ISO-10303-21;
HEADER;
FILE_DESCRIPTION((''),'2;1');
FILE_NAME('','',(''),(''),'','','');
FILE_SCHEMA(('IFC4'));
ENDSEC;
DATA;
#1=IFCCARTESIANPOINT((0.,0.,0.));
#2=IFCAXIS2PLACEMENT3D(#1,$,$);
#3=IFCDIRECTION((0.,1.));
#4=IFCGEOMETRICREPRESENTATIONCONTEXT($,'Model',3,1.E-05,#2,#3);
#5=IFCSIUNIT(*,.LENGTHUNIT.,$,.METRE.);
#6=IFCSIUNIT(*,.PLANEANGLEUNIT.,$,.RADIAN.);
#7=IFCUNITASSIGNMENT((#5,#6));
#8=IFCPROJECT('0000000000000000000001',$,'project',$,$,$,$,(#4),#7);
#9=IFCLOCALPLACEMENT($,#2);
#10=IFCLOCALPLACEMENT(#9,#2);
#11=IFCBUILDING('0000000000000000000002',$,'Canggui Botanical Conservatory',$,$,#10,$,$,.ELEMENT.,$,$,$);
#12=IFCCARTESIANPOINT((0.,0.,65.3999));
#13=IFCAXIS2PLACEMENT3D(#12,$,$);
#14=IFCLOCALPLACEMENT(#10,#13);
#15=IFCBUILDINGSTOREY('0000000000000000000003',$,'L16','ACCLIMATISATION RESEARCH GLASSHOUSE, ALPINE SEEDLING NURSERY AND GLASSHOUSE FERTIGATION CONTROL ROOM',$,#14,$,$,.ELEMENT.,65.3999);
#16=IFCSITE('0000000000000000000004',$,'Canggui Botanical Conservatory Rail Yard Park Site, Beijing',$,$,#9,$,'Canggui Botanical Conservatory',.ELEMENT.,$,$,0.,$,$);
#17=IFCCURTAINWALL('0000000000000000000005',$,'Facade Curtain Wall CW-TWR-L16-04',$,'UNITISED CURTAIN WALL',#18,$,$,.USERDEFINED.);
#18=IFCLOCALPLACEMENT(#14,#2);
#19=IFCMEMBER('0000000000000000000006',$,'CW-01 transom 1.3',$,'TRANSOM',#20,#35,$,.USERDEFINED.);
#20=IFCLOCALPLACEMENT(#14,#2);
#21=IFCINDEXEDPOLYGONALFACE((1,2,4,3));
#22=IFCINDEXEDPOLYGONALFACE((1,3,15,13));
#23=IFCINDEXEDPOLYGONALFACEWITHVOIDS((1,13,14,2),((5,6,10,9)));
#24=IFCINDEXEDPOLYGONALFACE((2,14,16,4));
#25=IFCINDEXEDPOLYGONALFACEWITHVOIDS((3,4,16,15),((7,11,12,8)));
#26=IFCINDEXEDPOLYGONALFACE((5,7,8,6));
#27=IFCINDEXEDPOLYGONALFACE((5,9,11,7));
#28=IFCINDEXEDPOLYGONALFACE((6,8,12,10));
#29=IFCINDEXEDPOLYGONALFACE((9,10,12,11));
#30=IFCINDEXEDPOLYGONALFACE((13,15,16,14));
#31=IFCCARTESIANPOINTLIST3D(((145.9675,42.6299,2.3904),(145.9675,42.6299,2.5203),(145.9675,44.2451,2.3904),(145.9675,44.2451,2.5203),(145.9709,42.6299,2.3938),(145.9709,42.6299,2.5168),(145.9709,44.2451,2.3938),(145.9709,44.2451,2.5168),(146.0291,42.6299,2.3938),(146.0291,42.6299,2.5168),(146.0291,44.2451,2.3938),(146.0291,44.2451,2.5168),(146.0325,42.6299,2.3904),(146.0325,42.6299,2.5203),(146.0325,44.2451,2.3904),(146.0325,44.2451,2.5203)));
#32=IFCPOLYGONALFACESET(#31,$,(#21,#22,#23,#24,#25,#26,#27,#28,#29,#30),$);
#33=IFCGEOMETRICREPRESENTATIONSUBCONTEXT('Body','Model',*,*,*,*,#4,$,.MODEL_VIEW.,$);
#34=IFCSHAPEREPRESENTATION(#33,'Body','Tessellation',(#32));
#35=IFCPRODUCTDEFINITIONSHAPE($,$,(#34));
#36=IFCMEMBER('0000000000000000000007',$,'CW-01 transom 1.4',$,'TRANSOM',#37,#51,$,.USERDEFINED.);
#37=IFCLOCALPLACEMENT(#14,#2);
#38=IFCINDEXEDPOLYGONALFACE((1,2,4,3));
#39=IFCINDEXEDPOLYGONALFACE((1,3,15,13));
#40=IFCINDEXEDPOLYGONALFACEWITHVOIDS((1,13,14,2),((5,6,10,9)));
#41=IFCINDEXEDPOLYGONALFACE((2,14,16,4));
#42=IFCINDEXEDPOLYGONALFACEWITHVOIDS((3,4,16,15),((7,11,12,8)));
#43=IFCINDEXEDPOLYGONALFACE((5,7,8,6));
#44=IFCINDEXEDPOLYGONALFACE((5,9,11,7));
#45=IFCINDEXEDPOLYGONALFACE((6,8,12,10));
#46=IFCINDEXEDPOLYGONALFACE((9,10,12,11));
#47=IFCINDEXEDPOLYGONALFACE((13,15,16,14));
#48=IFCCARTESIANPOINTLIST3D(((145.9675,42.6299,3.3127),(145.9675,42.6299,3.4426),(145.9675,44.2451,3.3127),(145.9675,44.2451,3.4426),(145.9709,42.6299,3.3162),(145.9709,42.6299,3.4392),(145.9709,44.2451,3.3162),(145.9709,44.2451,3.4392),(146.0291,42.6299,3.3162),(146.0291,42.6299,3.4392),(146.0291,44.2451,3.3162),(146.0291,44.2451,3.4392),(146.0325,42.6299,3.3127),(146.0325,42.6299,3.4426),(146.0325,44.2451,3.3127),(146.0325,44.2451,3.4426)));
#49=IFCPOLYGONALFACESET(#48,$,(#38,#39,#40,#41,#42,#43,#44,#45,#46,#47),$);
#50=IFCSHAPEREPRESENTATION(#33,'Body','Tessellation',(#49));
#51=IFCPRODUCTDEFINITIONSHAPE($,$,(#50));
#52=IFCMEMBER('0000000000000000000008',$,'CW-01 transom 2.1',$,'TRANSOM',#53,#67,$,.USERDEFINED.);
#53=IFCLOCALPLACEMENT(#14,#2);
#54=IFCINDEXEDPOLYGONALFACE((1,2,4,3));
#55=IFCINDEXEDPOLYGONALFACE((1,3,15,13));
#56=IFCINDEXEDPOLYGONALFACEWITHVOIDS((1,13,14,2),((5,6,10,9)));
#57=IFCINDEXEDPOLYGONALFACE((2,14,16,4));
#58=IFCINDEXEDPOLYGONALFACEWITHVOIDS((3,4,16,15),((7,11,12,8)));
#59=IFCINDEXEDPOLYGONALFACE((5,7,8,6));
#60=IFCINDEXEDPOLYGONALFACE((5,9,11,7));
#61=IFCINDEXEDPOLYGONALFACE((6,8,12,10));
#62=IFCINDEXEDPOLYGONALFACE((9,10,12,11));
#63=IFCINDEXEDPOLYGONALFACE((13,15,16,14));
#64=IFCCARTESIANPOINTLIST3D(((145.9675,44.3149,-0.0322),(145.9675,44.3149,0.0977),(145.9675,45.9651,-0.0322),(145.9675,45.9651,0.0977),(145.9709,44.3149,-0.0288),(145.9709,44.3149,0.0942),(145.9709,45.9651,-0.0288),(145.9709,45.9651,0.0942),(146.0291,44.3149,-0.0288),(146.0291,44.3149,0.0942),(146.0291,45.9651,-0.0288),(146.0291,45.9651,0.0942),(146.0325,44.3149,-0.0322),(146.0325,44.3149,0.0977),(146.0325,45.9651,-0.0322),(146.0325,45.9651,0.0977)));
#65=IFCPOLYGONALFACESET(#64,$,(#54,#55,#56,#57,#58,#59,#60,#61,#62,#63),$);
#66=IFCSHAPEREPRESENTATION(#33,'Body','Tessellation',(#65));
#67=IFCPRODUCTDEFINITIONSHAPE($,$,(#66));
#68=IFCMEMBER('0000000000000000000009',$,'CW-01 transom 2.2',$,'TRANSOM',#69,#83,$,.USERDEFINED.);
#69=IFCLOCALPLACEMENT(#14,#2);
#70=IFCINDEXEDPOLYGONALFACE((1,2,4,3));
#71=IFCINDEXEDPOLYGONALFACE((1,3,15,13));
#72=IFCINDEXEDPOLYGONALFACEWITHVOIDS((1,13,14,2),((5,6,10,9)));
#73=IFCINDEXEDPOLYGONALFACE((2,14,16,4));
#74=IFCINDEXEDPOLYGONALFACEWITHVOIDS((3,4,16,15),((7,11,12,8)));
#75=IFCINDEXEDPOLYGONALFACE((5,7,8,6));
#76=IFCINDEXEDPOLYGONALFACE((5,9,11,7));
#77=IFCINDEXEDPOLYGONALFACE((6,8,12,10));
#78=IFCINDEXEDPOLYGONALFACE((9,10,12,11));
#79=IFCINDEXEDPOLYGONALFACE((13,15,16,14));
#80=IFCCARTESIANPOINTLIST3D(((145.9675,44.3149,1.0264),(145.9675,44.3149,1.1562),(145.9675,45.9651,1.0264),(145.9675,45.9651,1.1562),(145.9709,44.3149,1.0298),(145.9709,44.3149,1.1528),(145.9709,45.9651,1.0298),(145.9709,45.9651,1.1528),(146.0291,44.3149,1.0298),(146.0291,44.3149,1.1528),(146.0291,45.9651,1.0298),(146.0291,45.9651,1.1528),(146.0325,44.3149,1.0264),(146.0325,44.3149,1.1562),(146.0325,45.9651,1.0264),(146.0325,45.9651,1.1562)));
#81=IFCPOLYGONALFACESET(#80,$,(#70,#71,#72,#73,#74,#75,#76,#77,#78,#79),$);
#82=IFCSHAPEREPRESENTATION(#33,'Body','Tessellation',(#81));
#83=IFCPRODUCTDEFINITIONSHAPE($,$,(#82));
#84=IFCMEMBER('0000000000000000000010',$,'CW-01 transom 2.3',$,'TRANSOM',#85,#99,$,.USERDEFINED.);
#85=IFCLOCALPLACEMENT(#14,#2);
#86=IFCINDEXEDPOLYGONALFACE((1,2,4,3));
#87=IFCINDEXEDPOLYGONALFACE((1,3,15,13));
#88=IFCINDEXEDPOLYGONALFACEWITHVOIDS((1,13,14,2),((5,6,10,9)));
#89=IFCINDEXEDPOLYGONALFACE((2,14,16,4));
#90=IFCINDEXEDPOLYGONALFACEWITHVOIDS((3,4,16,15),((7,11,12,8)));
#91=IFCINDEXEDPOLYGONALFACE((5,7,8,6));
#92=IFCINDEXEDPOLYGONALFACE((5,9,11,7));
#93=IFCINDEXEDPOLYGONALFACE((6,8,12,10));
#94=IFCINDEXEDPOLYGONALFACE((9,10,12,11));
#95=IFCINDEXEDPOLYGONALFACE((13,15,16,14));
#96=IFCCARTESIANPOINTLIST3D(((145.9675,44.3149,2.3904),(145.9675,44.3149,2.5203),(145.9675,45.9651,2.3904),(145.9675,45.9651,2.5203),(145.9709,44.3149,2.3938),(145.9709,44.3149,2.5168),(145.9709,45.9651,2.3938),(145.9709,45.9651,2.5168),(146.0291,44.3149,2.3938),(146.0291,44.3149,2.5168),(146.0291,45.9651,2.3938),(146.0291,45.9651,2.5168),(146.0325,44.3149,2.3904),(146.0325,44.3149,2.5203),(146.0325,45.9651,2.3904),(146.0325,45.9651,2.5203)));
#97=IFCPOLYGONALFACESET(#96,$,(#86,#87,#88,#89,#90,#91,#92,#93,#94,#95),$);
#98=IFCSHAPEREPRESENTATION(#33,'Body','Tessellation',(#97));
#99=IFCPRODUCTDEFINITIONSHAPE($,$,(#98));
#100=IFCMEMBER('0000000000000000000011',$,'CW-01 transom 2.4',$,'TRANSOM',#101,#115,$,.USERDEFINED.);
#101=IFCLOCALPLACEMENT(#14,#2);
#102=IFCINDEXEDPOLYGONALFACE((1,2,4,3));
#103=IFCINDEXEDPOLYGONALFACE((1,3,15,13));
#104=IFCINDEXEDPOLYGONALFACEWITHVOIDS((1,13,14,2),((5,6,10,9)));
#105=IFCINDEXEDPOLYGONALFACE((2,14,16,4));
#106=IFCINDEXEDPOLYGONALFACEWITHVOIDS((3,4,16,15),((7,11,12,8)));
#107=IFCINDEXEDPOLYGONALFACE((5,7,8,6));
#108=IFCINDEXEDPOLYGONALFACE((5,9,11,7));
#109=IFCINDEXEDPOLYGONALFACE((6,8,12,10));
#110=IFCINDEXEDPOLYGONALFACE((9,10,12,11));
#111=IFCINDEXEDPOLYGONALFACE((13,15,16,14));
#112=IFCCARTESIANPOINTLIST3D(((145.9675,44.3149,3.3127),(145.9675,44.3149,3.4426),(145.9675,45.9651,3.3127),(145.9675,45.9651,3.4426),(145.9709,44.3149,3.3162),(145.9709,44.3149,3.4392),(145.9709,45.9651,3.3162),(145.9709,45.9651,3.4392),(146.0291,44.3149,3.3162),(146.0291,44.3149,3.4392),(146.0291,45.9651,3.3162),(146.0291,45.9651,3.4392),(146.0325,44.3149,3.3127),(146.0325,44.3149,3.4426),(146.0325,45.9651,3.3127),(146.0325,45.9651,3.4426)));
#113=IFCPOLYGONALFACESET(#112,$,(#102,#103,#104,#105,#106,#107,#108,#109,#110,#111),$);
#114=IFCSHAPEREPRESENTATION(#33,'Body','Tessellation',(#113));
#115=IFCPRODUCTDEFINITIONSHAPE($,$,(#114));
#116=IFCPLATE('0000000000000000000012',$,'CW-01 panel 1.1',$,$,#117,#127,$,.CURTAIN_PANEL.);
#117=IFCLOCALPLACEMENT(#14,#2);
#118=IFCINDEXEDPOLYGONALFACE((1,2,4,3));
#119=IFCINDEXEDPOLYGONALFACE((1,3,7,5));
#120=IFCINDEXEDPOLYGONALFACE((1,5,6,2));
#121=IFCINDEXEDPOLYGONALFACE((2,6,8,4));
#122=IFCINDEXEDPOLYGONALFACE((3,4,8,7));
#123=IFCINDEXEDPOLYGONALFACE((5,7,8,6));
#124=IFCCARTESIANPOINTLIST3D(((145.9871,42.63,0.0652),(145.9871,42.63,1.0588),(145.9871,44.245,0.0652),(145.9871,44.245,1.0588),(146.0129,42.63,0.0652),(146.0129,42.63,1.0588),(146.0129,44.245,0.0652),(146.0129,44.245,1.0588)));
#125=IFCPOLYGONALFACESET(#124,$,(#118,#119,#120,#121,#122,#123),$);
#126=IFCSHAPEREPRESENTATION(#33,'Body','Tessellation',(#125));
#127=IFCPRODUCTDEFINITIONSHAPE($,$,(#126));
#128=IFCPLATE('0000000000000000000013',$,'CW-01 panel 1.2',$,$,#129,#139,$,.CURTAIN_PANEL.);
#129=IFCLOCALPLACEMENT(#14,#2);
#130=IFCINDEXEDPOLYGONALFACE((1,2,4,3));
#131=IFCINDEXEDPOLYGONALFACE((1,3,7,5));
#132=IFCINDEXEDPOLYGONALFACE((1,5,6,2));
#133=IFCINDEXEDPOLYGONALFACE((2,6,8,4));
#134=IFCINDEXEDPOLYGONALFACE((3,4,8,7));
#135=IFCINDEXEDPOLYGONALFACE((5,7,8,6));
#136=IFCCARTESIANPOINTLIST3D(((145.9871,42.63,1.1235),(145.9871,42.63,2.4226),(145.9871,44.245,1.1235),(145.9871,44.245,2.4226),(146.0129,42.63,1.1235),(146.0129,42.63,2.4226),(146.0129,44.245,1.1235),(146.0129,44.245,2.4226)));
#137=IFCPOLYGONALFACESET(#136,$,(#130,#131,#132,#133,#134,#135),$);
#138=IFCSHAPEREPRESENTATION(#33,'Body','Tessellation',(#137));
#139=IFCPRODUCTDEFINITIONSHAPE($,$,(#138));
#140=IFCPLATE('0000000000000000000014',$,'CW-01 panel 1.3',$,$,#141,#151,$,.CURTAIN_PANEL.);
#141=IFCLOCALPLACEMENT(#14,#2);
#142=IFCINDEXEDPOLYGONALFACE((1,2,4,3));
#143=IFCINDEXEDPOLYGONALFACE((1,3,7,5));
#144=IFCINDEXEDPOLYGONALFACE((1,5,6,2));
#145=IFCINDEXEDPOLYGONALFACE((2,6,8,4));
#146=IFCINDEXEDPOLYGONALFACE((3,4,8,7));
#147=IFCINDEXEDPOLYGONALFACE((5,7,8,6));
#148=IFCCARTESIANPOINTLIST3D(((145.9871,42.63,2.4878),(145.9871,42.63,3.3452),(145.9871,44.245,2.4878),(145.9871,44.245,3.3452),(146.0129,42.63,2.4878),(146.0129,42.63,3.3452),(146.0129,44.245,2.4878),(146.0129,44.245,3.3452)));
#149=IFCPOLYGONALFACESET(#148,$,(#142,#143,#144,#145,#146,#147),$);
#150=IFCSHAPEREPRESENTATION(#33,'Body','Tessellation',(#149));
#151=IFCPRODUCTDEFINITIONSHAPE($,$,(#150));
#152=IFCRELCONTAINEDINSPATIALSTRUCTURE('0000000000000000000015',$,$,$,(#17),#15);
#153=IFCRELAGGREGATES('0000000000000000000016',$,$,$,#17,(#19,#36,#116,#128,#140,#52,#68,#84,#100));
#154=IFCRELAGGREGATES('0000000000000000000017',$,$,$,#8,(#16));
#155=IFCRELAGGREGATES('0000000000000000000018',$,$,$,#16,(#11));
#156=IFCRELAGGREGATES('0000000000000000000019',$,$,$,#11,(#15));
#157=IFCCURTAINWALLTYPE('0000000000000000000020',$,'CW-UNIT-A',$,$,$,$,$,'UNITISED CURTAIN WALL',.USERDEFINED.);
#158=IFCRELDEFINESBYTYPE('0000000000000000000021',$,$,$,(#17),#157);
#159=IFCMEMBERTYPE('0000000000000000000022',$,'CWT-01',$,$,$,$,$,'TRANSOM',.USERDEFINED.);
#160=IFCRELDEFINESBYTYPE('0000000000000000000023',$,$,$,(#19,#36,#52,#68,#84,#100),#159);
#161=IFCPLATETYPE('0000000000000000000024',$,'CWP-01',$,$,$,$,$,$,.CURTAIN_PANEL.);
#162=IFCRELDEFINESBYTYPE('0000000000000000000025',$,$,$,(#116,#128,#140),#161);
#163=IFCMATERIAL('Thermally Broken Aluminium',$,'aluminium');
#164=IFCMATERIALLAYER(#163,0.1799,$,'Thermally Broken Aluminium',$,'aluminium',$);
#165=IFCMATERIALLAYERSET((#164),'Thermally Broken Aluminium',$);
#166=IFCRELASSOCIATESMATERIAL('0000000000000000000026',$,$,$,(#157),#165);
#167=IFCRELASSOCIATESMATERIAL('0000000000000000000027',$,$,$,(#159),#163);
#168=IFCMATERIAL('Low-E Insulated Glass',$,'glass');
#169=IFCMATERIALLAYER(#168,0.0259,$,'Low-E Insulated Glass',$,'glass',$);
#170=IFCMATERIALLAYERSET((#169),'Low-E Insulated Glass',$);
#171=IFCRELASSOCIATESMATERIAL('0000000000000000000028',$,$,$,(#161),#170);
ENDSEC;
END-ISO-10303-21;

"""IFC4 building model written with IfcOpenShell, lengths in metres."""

from ifc_helpers import new_model, si_unit, direction, frame, origin, origin_2d, place, context, subcontext, project, spatial, rectangle, hollow_rectangle, extrude, material, layer, layer_set, material_profile, profile_set, type_object, element, aggregate, save


model = new_model("IFC4")

# Units and contexts
model_context = context("Model", 3, precision=1e-05, world=origin(), true_north=direction((0.0, 1.0)))
body_context = subcontext(model_context, "Body", "Model", "MODEL_VIEW")
ifc_project = project(units=[si_unit("LENGTHUNIT", "METRE"), si_unit("PLANEANGLEUNIT", "RADIAN")], contexts=[model_context])

# Site, building, storey
site_placement = place(None, origin())
site = spatial("IfcSite", under=ifc_project, at=site_placement, Name="Canggui Botanical Conservatory Rail Yard Park Site, Beijing", LongName="Canggui Botanical Conservatory", CompositionType="ELEMENT", RefElevation=0.0)
building_placement = place(site_placement, origin())
building = spatial("IfcBuilding", under=site, at=building_placement, Name="Canggui Botanical Conservatory", CompositionType="ELEMENT")
storey_placement = place(building_placement, frame((0.0, 0.0, 65.3999)))
storey = spatial("IfcBuildingStorey", under=building, at=storey_placement, Name="L16", Description="ACCLIMATISATION RESEARCH GLASSHOUSE, ALPINE SEEDLING NURSERY AND GLASSHOUSE FERTIGATION CONTROL ROOM", CompositionType="ELEMENT", Elevation=65.3999)

# Curtain wall, members, plates
ifc_material_1 = material(Name="Thermally Broken Aluminium", Category="aluminium")
ifc_layer_1 = layer(ifc_material_1, 0.1799, Name="Thermally Broken Aluminium", Category="aluminium")
ifc_layer_set_1 = layer_set([ifc_layer_1], Name="Thermally Broken Aluminium")
curtain_wall_type = type_object("IfcCurtainWallType", Name="CW-UNIT-A", ElementType="UNITISED CURTAIN WALL", PredefinedType="USERDEFINED", material=ifc_layer_set_1)
curtain_wall_placement = place(storey_placement, origin())
curtain_wall = element("IfcCurtainWall", 1, at=curtain_wall_placement, inside=storey, type_object=curtain_wall_type, Name="Facade Curtain Wall CW-TWR-L16-04", ObjectType="UNITISED CURTAIN WALL", PredefinedType="USERDEFINED")
ifc_material_profile_1 = material_profile(ifc_material_1, hollow_rectangle(XDim=0.0649, YDim=0.1299, WallThickness=0.0034, at=origin_2d()), Name="CWT 65x130x3.5")
ifc_profile_set_1 = profile_set([ifc_material_profile_1], Name="Thermally Broken Aluminium")
member_type_1 = type_object("IfcMemberType", Name="CWT-01", ElementType="TRANSOM", PredefinedType="USERDEFINED", material=ifc_profile_set_1)
member_1_placement = place(storey_placement, frame((146.0, 42.6299, 2.4553), z_axis=(0.0, 1.0, 0.0), x_axis=(-1.0, 0.0, 0.0)))
member_1 = element("IfcMember", 2, at=member_1_placement, type_object=member_type_1, Name="CW-01 transom 1.3", ObjectType="TRANSOM", PredefinedType="USERDEFINED", context=body_context, shape_type="SweptSolid", body=[
    extrude(hollow_rectangle(XDim=0.0649, YDim=0.1299, WallThickness=0.0034, at=origin_2d()), origin(), (0.0, 0.0, 1.0), 1.6152),
])
member_2_placement = place(storey_placement, frame((146.0, 42.6299, 3.3777), z_axis=(0.0, 1.0, 0.0), x_axis=(-1.0, 0.0, 0.0)))
member_2 = element("IfcMember", 3, at=member_2_placement, type_object=member_type_1, Name="CW-01 transom 1.4", ObjectType="TRANSOM", PredefinedType="USERDEFINED", context=body_context, shape_type="SweptSolid", body=[
    extrude(hollow_rectangle(XDim=0.0649, YDim=0.1299, WallThickness=0.0034, at=origin_2d()), origin(), (0.0, 0.0, 1.0), 1.6152),
])
member_3_placement = place(storey_placement, frame((146.0, 44.3149, 0.0327), z_axis=(0.0, 1.0, 0.0), x_axis=(-1.0, 0.0, 0.0)))
member_3 = element("IfcMember", 4, at=member_3_placement, type_object=member_type_1, Name="CW-01 transom 2.1", ObjectType="TRANSOM", PredefinedType="USERDEFINED", context=body_context, shape_type="SweptSolid", body=[
    extrude(hollow_rectangle(XDim=0.0649, YDim=0.1299, WallThickness=0.0034, at=origin_2d()), origin(), (0.0, 0.0, 1.0), 1.6501),
])
member_4_placement = place(storey_placement, frame((146.0, 44.3149, 1.0913), z_axis=(0.0, 1.0, 0.0), x_axis=(-1.0, 0.0, 0.0)))
member_4 = element("IfcMember", 5, at=member_4_placement, type_object=member_type_1, Name="CW-01 transom 2.2", ObjectType="TRANSOM", PredefinedType="USERDEFINED", context=body_context, shape_type="SweptSolid", body=[
    extrude(hollow_rectangle(XDim=0.0649, YDim=0.1299, WallThickness=0.0034, at=origin_2d()), origin(), (0.0, 0.0, 1.0), 1.6501),
])
member_5_placement = place(storey_placement, frame((146.0, 44.3149, 2.4553), z_axis=(0.0, 1.0, 0.0), x_axis=(-1.0, 0.0, 0.0)))
member_5 = element("IfcMember", 6, at=member_5_placement, type_object=member_type_1, Name="CW-01 transom 2.3", ObjectType="TRANSOM", PredefinedType="USERDEFINED", context=body_context, shape_type="SweptSolid", body=[
    extrude(hollow_rectangle(XDim=0.0649, YDim=0.1299, WallThickness=0.0034, at=origin_2d()), origin(), (0.0, 0.0, 1.0), 1.6501),
])
member_6_placement = place(storey_placement, frame((146.0, 44.3149, 3.3777), z_axis=(0.0, 1.0, 0.0), x_axis=(-1.0, 0.0, 0.0)))
member_6 = element("IfcMember", 7, at=member_6_placement, type_object=member_type_1, Name="CW-01 transom 2.4", ObjectType="TRANSOM", PredefinedType="USERDEFINED", context=body_context, shape_type="SweptSolid", body=[
    extrude(hollow_rectangle(XDim=0.0649, YDim=0.1299, WallThickness=0.0034, at=origin_2d()), origin(), (0.0, 0.0, 1.0), 1.6501),
])
ifc_material_2 = material(Name="Low-E Insulated Glass", Category="glass")
ifc_layer_2 = layer(ifc_material_2, 0.0259, Name="Low-E Insulated Glass", Category="glass")
ifc_layer_set_2 = layer_set([ifc_layer_2], Name="Low-E Insulated Glass")
plate_type = type_object("IfcPlateType", Name="CWP-01", PredefinedType="CURTAIN_PANEL", material=ifc_layer_set_2)
plate_1_placement = place(storey_placement, frame((146.0, 43.4375, 0.0652), z_axis=(0.0, 0.0, 1.0), x_axis=(0.0, 1.0, 0.0)))
plate_1 = element("IfcPlate", 8, at=plate_1_placement, type_object=plate_type, Name="CW-01 panel 1.1", PredefinedType="CURTAIN_PANEL", context=body_context, shape_type="SweptSolid", body=[
    extrude(rectangle(XDim=1.615, YDim=0.0259, at=origin_2d()), origin(), (0.0, 0.0, 1.0), 0.9937),
])
plate_2_placement = place(storey_placement, frame((146.0, 43.4375, 1.1235), z_axis=(0.0, 0.0, 1.0), x_axis=(0.0, 1.0, 0.0)))
plate_2 = element("IfcPlate", 9, at=plate_2_placement, type_object=plate_type, Name="CW-01 panel 1.2", PredefinedType="CURTAIN_PANEL", context=body_context, shape_type="SweptSolid", body=[
    extrude(rectangle(XDim=1.615, YDim=0.0259, at=origin_2d()), origin(), (0.0, 0.0, 1.0), 1.2991),
])
plate_3_placement = place(storey_placement, frame((146.0, 43.4375, 2.4878), z_axis=(0.0, 0.0, 1.0), x_axis=(0.0, 1.0, 0.0)))
plate_3 = element("IfcPlate", 10, at=plate_3_placement, type_object=plate_type, Name="CW-01 panel 1.3", PredefinedType="CURTAIN_PANEL", context=body_context, shape_type="SweptSolid", body=[
    extrude(rectangle(XDim=1.615, YDim=0.0259, at=origin_2d()), origin(), (0.0, 0.0, 1.0), 0.8574),
])
aggregate(curtain_wall, [member_1, member_2, plate_1, plate_2, plate_3, member_3, member_4, member_5, member_6])

save(model, "model.ifc")
